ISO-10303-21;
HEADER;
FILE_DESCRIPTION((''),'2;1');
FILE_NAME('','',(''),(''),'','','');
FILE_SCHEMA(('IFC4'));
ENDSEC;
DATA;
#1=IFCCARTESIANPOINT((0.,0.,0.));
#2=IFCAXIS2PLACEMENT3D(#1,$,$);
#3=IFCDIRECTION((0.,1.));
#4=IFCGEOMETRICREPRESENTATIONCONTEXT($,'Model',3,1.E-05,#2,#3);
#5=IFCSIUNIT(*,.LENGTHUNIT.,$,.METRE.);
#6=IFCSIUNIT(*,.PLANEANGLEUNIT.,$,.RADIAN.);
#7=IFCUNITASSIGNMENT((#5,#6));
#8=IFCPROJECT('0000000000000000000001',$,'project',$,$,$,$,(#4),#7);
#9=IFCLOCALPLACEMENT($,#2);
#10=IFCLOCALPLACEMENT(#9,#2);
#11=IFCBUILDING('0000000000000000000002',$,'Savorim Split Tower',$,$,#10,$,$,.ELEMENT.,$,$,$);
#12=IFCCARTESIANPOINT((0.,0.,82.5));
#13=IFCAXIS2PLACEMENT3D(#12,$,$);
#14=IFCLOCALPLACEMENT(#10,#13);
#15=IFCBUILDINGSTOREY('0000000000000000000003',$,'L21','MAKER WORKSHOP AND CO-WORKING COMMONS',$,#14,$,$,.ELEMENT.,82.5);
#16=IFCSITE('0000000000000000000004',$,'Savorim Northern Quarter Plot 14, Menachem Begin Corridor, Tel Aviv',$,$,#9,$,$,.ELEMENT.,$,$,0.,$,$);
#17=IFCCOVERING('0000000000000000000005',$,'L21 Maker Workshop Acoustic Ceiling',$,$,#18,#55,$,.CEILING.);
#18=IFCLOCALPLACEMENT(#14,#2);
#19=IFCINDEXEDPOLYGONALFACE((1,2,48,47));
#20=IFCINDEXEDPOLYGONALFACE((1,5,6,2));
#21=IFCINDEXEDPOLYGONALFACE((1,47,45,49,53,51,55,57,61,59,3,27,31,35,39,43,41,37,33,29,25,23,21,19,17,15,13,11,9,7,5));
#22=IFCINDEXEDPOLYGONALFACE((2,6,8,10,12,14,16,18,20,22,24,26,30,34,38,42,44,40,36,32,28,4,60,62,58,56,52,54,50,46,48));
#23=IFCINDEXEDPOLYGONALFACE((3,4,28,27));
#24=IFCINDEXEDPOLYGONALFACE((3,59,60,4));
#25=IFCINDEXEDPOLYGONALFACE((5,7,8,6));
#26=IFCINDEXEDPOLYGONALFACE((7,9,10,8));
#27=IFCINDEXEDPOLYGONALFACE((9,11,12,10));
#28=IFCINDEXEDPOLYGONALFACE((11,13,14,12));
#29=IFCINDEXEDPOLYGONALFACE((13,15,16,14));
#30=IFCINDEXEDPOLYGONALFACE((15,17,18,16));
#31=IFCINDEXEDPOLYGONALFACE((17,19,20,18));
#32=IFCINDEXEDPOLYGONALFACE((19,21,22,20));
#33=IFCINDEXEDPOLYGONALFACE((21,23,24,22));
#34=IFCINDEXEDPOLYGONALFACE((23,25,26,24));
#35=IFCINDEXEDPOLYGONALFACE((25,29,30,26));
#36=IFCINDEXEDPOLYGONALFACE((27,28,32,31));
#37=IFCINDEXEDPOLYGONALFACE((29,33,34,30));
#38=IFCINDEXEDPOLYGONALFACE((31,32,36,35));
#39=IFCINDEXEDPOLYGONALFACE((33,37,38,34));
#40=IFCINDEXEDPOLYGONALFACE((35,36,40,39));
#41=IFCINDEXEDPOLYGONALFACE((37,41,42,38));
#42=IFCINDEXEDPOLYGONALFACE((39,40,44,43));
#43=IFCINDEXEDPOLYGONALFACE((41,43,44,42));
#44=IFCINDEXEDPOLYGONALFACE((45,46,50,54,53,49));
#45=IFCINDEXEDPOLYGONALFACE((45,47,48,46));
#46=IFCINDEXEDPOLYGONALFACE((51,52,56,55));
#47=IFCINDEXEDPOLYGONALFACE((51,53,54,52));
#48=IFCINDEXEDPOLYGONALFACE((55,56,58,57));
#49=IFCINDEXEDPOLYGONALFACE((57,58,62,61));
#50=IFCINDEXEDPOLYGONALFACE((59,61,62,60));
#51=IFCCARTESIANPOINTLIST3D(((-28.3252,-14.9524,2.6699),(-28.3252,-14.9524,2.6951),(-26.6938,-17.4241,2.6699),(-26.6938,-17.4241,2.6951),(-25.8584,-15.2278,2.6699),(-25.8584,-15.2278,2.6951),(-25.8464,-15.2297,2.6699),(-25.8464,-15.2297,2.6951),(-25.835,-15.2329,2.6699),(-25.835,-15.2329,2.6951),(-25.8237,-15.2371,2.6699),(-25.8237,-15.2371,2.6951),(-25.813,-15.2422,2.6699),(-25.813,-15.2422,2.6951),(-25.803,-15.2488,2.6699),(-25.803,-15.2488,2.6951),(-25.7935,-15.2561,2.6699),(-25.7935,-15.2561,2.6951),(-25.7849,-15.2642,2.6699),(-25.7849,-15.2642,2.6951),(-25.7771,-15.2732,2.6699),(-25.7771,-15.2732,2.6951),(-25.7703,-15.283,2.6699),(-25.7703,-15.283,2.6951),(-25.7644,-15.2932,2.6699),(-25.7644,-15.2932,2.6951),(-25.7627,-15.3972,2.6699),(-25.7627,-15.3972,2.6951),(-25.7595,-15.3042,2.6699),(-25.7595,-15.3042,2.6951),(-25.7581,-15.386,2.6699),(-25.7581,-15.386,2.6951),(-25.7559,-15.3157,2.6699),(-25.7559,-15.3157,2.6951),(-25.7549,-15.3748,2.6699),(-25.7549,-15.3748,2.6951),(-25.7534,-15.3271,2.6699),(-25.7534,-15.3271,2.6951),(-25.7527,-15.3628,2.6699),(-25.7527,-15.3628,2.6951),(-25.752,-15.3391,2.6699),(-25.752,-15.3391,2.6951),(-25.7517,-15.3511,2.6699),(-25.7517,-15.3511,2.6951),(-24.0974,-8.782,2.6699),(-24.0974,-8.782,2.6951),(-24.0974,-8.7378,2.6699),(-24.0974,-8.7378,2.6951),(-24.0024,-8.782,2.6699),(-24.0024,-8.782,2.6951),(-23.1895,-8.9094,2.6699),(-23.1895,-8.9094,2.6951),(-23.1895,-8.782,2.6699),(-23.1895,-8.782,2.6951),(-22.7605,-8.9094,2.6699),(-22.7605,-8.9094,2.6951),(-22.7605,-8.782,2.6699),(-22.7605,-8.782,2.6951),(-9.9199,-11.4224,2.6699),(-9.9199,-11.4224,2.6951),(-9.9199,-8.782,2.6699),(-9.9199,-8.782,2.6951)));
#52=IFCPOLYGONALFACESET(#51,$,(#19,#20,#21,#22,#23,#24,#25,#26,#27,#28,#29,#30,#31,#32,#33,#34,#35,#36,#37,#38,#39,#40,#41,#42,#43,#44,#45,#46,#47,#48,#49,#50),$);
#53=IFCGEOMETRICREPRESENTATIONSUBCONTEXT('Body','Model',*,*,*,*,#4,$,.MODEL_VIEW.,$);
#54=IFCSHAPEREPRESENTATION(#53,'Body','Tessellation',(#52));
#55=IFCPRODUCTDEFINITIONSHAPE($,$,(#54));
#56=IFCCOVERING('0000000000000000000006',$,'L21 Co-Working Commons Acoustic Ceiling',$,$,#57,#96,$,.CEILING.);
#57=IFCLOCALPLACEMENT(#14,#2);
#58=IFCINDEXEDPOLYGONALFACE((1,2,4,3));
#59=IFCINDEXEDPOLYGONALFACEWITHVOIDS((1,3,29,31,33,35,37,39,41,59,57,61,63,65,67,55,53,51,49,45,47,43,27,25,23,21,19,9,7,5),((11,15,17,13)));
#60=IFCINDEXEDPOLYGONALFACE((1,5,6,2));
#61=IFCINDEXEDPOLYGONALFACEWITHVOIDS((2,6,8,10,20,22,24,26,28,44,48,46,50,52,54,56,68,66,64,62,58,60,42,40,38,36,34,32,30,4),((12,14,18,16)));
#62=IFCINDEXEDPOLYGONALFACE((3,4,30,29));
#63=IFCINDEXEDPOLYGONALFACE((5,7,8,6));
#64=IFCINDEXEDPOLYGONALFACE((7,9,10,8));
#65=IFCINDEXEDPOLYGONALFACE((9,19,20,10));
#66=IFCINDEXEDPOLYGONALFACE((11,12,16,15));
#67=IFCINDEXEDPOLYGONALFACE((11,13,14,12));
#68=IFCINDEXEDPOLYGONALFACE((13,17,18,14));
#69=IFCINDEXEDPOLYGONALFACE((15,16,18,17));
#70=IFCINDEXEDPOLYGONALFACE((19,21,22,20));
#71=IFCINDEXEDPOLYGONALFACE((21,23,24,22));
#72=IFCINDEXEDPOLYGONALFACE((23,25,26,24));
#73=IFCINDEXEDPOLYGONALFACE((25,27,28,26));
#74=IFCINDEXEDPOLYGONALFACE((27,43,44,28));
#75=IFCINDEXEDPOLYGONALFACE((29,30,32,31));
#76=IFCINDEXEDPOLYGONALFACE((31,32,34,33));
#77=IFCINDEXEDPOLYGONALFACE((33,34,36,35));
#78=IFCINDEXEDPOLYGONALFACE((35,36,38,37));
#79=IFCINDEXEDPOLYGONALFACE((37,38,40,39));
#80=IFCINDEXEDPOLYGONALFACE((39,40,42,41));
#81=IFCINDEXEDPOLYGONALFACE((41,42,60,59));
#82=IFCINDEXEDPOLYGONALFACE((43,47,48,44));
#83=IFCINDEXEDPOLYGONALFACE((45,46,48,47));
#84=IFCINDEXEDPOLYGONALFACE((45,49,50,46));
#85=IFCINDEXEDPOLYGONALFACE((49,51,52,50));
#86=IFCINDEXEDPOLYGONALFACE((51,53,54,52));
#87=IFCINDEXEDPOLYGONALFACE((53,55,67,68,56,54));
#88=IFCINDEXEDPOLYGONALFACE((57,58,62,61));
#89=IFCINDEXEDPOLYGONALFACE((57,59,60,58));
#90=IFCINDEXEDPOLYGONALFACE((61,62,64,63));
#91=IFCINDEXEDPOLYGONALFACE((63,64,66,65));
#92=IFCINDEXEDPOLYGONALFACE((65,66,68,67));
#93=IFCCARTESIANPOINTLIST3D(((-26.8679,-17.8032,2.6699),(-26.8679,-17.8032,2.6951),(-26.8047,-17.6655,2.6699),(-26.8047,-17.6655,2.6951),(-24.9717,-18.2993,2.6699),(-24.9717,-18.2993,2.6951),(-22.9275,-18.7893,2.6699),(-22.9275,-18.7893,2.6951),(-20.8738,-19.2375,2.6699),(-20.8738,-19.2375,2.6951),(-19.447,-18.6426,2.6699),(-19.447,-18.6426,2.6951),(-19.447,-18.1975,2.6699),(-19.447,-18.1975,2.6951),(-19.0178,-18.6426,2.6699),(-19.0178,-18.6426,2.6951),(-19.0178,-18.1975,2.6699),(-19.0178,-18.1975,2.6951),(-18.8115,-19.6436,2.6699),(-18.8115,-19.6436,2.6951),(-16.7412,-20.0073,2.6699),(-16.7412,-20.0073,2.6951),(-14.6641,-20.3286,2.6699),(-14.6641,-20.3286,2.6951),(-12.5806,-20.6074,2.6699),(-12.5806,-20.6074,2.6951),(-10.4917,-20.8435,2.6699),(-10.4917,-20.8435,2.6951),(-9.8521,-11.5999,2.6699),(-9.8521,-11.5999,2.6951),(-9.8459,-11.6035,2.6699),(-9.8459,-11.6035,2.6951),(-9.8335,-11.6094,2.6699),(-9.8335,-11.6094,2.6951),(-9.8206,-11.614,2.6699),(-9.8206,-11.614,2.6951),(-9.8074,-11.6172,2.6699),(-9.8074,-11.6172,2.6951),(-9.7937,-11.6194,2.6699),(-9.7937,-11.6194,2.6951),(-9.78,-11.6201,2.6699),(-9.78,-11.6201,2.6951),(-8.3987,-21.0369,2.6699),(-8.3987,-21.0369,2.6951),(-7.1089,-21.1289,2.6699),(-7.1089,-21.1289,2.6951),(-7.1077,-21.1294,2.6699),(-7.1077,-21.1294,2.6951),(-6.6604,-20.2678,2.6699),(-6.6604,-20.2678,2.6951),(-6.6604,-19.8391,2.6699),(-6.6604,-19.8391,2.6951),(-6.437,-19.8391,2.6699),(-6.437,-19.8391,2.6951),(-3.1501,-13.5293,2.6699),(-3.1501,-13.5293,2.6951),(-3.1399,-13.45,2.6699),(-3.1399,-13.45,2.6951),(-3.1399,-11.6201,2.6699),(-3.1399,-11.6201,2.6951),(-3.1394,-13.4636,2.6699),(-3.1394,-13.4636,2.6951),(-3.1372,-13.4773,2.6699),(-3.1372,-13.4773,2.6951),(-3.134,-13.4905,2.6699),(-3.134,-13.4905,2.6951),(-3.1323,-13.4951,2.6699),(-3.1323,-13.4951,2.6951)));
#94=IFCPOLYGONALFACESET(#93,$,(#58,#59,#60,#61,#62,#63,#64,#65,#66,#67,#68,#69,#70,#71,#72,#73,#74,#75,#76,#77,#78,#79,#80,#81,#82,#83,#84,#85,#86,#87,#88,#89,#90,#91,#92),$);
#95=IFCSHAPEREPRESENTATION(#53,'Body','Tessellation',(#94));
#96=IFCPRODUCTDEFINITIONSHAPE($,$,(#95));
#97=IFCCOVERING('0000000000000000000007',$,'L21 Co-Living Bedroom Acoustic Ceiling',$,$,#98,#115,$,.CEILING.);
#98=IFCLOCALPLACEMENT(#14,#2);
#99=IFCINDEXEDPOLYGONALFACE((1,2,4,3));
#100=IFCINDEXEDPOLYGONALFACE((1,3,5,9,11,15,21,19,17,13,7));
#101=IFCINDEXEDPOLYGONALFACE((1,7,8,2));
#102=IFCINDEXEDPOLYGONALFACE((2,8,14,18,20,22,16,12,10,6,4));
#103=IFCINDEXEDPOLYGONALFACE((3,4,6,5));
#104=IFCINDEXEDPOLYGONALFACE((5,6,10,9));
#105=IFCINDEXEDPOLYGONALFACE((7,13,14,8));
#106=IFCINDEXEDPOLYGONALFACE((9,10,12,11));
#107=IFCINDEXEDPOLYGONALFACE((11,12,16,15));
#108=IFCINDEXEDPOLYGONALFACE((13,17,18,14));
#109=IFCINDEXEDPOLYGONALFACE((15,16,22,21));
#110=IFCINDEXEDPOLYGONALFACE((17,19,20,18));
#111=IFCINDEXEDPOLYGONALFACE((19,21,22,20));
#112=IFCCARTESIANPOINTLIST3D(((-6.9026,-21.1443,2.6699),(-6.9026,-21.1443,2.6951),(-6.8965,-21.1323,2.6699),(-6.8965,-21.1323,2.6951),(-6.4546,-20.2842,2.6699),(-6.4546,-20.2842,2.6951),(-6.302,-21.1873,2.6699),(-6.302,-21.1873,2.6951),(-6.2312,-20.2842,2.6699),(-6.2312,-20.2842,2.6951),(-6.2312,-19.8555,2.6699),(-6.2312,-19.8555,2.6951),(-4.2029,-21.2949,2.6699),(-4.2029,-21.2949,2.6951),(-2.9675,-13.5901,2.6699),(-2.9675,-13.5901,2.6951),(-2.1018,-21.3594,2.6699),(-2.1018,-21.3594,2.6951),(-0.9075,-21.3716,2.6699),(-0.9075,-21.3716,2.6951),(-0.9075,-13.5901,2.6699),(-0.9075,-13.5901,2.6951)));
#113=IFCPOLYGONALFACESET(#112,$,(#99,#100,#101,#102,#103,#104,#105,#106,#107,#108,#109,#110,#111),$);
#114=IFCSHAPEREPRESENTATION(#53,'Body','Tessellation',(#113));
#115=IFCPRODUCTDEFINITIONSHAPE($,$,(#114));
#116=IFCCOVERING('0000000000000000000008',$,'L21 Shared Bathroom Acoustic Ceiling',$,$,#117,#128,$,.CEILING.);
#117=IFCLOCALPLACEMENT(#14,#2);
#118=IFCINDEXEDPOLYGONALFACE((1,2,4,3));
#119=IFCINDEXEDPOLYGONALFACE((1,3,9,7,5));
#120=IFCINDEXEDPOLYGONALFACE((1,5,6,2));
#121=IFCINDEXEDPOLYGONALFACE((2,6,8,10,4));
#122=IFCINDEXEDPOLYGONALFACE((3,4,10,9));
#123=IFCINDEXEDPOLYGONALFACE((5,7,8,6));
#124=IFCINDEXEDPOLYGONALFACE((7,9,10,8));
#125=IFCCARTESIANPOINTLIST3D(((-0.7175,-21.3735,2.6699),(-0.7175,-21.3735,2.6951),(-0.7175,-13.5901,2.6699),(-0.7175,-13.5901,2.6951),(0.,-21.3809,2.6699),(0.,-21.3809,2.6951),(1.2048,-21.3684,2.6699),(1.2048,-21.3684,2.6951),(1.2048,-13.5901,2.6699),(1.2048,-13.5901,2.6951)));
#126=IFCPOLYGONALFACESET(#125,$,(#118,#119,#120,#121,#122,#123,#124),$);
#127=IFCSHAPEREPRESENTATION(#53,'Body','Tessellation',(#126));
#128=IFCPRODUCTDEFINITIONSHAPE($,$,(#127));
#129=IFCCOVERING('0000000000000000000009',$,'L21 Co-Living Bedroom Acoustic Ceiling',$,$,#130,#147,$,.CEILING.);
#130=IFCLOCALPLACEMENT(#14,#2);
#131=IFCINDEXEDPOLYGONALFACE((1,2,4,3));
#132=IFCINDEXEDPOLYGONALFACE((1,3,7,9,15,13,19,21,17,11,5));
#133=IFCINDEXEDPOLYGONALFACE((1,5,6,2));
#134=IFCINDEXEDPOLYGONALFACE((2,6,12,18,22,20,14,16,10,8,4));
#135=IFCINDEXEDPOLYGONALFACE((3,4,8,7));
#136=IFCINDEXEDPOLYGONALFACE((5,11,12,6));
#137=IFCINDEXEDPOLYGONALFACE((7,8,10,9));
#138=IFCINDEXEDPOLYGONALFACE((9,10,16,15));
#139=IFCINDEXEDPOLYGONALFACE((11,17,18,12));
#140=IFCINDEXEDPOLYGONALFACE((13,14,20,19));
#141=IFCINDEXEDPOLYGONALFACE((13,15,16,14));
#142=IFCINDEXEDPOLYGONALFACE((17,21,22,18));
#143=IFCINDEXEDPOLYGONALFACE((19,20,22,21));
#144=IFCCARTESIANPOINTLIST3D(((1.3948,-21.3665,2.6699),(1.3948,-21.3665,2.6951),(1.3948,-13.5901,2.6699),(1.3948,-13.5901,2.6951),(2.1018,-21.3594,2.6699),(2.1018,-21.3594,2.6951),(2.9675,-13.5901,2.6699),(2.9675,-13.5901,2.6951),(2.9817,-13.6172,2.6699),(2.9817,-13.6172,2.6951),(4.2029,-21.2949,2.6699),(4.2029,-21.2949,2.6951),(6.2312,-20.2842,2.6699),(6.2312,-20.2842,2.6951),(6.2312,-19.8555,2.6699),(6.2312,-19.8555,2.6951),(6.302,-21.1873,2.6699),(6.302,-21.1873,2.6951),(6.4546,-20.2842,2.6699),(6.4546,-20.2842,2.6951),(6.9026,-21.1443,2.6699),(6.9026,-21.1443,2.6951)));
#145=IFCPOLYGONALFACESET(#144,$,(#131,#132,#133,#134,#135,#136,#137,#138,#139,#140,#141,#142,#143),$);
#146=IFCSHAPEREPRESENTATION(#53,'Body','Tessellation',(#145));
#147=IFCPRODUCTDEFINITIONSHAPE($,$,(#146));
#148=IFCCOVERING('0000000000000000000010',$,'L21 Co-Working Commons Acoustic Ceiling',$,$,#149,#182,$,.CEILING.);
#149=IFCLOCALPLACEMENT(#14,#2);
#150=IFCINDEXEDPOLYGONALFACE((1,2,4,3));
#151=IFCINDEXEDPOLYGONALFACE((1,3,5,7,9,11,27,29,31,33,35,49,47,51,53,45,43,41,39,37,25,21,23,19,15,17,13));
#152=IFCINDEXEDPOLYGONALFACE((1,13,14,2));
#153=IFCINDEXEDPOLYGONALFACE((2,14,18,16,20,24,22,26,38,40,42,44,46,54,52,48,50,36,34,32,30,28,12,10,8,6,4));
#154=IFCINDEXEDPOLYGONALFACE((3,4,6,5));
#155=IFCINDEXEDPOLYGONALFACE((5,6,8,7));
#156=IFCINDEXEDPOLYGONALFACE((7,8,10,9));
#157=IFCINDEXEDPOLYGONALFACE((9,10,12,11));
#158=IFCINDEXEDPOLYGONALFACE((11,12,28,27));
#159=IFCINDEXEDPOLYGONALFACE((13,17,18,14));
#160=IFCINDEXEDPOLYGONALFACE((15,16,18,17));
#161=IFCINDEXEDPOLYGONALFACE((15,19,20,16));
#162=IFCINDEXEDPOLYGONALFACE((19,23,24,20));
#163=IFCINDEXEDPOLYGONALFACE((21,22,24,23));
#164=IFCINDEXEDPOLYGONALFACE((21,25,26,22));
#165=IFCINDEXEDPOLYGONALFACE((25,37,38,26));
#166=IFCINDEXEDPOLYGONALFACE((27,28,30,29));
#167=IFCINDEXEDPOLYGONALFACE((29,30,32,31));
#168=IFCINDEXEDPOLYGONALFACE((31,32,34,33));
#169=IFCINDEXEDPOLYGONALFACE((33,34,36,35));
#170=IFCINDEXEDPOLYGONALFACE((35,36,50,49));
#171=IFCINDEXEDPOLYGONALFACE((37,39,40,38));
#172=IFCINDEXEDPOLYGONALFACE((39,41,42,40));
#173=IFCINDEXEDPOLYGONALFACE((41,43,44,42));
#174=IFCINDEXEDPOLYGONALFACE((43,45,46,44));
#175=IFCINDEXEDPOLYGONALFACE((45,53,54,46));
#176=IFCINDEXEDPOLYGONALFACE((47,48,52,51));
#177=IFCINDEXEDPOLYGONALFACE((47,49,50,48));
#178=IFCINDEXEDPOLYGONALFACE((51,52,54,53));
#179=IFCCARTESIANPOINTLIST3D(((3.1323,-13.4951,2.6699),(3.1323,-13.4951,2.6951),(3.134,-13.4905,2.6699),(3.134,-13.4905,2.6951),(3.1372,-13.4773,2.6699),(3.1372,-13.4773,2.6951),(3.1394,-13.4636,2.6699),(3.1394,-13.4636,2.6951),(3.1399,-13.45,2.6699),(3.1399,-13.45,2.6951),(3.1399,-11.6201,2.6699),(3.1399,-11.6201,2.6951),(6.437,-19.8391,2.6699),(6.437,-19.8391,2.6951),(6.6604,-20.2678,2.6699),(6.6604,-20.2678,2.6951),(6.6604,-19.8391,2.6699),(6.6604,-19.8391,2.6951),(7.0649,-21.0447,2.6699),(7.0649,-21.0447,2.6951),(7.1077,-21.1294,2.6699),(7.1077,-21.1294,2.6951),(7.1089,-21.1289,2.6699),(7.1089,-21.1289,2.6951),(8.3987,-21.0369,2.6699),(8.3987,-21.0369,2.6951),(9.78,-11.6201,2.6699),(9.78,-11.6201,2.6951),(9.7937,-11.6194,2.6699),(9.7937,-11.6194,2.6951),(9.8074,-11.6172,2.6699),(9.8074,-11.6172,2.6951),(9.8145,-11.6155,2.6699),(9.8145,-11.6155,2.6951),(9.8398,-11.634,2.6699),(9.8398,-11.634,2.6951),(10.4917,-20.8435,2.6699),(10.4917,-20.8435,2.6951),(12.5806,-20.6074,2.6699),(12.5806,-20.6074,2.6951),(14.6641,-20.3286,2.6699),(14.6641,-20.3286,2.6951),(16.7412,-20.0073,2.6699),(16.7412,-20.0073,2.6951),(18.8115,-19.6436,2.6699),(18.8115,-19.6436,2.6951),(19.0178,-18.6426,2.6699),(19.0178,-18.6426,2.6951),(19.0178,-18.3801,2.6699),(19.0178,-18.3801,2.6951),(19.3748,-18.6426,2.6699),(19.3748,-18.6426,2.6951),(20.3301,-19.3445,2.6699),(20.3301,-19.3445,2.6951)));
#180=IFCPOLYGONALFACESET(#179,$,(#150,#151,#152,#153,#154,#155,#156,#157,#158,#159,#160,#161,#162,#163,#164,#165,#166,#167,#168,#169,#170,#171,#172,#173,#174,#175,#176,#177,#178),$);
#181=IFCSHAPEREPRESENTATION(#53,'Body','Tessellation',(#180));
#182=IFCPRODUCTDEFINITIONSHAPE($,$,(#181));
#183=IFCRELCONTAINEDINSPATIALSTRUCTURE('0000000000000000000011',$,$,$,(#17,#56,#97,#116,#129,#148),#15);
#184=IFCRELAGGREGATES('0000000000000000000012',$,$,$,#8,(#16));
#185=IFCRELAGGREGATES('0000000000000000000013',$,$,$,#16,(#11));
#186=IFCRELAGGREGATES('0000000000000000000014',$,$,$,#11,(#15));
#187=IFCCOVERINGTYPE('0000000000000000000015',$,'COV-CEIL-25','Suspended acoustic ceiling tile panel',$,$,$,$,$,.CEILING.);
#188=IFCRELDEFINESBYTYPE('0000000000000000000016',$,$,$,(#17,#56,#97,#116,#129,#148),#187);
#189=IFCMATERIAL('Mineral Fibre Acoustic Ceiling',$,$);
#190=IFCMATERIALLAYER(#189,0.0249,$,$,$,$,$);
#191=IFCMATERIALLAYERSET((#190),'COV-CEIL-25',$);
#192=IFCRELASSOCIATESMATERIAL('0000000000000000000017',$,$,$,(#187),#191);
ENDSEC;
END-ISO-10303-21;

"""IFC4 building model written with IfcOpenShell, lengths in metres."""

from ifc_helpers import new_model, si_unit, direction, frame, origin, place, context, subcontext, project, spatial, polyline, outline, extrude, material, layer, layer_set, type_object, element, save


model = new_model("IFC4")

# Units and contexts
model_context = context("Model", 3, precision=1e-05, world=origin(), true_north=direction((0.0, 1.0)))
body_context = subcontext(model_context, "Body", "Model", "MODEL_VIEW")
ifc_project = project(units=[si_unit("LENGTHUNIT", "METRE"), si_unit("PLANEANGLEUNIT", "RADIAN")], contexts=[model_context])

# Site, building, storey
site_placement = place(None, origin())
site = spatial("IfcSite", under=ifc_project, at=site_placement, Name="Savorim Northern Quarter Plot 14, Menachem Begin Corridor, Tel Aviv", CompositionType="ELEMENT", RefElevation=0.0)
building_placement = place(site_placement, origin())
building = spatial("IfcBuilding", under=site, at=building_placement, Name="Savorim Split Tower", CompositionType="ELEMENT")
storey_placement = place(building_placement, frame((0.0, 0.0, 82.5)))
storey = spatial("IfcBuildingStorey", under=building, at=storey_placement, Name="L21", Description="MAKER WORKSHOP AND CO-WORKING COMMONS", CompositionType="ELEMENT", Elevation=82.5)

# Coverings
ifc_material_1 = material(Name="Mineral Fibre Acoustic Ceiling")
ifc_layer_1 = layer(ifc_material_1, 0.0249)
ifc_layer_set_1 = layer_set([ifc_layer_1], Name="COV-CEIL-25")
covering_type_1 = type_object("IfcCoveringType", Name="COV-CEIL-25", Description="Suspended acoustic ceiling tile panel", PredefinedType="CEILING", material=ifc_layer_set_1)
covering_1_placement = place(storey_placement, frame((0.0, 0.0, 2.6699)))
element("IfcCovering", 1, at=covering_1_placement, inside=storey, type_object=covering_type_1, Name="L21 Maker Workshop Acoustic Ceiling", PredefinedType="CEILING", context=body_context, shape_type="SweptSolid", body=[
    extrude(outline(polyline([(-25.7517, -15.3511), (-25.7527, -15.3628), (-25.7549, -15.3748), (-25.7581, -15.386), (-25.7627, -15.3972), (-26.6938, -17.4241), (-9.9199, -11.4224), (-9.9199, -8.782), (-22.7605, -8.782), (-22.7605, -8.9094), (-23.1895, -8.9094), (-23.1895, -8.782), (-24.0024, -8.782), (-24.0974, -8.782), (-24.0974, -8.7378), (-28.3252, -14.9524), (-25.8584, -15.2278), (-25.8464, -15.2297), (-25.835, -15.2329), (-25.8237, -15.2371), (-25.813, -15.2422), (-25.803, -15.2488), (-25.7935, -15.2561), (-25.7849, -15.2642), (-25.7771, -15.2732), (-25.7703, -15.283), (-25.7644, -15.2932), (-25.7595, -15.3042), (-25.7559, -15.3157), (-25.7534, -15.3271), (-25.752, -15.3391), (-25.7517, -15.3511)])), origin(), (0.0, 0.0, 1.0), 0.0251),
])
covering_2_placement = place(storey_placement, frame((0.0, 0.0, 2.6699)))
element("IfcCovering", 2, at=covering_2_placement, inside=storey, type_object=covering_type_1, Name="L21 Co-Working Commons Acoustic Ceiling", PredefinedType="CEILING", context=body_context, shape_type="SweptSolid", body=[
    extrude(outline(polyline([(-9.8206, -11.614), (-9.8335, -11.6094), (-9.8459, -11.6035), (-9.8521, -11.5999), (-26.8047, -17.6655), (-26.8679, -17.8032), (-24.9717, -18.2993), (-22.9275, -18.7893), (-20.8738, -19.2375), (-18.8115, -19.6436), (-16.7412, -20.0073), (-14.6641, -20.3286), (-12.5806, -20.6074), (-10.4917, -20.8435), (-8.3987, -21.0369), (-7.1077, -21.1294), (-7.1089, -21.1289), (-6.6604, -20.2678), (-6.6604, -19.8391), (-6.437, -19.8391), (-3.1501, -13.5293), (-3.1323, -13.4951), (-3.134, -13.4905), (-3.1372, -13.4773), (-3.1394, -13.4636), (-3.1399, -13.45), (-3.1399, -11.6201), (-9.78, -11.6201), (-9.7937, -11.6194), (-9.8074, -11.6172), (-9.8206, -11.614)]), holes=[polyline([(-19.447, -18.6426), (-19.0178, -18.6426), (-19.0178, -18.1975), (-19.447, -18.1975), (-19.447, -18.6426)])]), origin(), (0.0, 0.0, 1.0), 0.0251),
])
covering_3_placement = place(storey_placement, frame((0.0, 0.0, 2.6699)))
element("IfcCovering", 3, at=covering_3_placement, inside=storey, type_object=covering_type_1, Name="L21 Co-Living Bedroom Acoustic Ceiling", PredefinedType="CEILING", context=body_context, shape_type="SweptSolid", body=[
    extrude(outline(polyline([(-6.302, -21.1873), (-4.2029, -21.2949), (-2.1018, -21.3594), (-0.9075, -21.3716), (-0.9075, -13.5901), (-2.9675, -13.5901), (-6.2312, -19.8555), (-6.2312, -20.2842), (-6.4546, -20.2842), (-6.8965, -21.1323), (-6.9026, -21.1443), (-6.302, -21.1873)])), origin(), (0.0, 0.0, 1.0), 0.0251),
])
covering_4_placement = place(storey_placement, frame((0.0, 0.0, 2.6699)))
element("IfcCovering", 4, at=covering_4_placement, inside=storey, type_object=covering_type_1, Name="L21 Shared Bathroom Acoustic Ceiling", PredefinedType="CEILING", context=body_context, shape_type="SweptSolid", body=[
    extrude(outline(polyline([(-0.7175, -13.5901), (-0.7175, -21.3735), (0.0, -21.3809), (1.2048, -21.3684), (1.2048, -13.5901), (-0.7175, -13.5901)])), origin(), (0.0, 0.0, 1.0), 0.0251),
])
covering_5_placement = place(storey_placement, frame((0.0, 0.0, 2.6699)))
element("IfcCovering", 5, at=covering_5_placement, inside=storey, type_object=covering_type_1, Name="L21 Co-Living Bedroom Acoustic Ceiling", PredefinedType="CEILING", context=body_context, shape_type="SweptSolid", body=[
    extrude(outline(polyline([(1.3948, -21.3665), (2.1018, -21.3594), (4.2029, -21.2949), (6.302, -21.1873), (6.9026, -21.1443), (6.4546, -20.2842), (6.2312, -20.2842), (6.2312, -19.8555), (2.9817, -13.6172), (2.9675, -13.5901), (1.3948, -13.5901), (1.3948, -21.3665)])), origin(), (0.0, 0.0, 1.0), 0.0251),
])
covering_6_placement = place(storey_placement, frame((0.0, 0.0, 2.6699)))
element("IfcCovering", 6, at=covering_6_placement, inside=storey, type_object=covering_type_1, Name="L21 Co-Working Commons Acoustic Ceiling", PredefinedType="CEILING", context=body_context, shape_type="SweptSolid", body=[
    extrude(outline(polyline([(12.5806, -20.6074), (14.6641, -20.3286), (16.7412, -20.0073), (18.8115, -19.6436), (20.3301, -19.3445), (19.3748, -18.6426), (19.0178, -18.6426), (19.0178, -18.3801), (9.8398, -11.634), (9.8145, -11.6155), (9.8074, -11.6172), (9.7937, -11.6194), (9.78, -11.6201), (3.1399, -11.6201), (3.1399, -13.45), (3.1394, -13.4636), (3.1372, -13.4773), (3.134, -13.4905), (3.1323, -13.4951), (6.437, -19.8391), (6.6604, -19.8391), (6.6604, -20.2678), (7.0649, -21.0447), (7.1089, -21.1289), (7.1077, -21.1294), (8.3987, -21.0369), (10.4917, -20.8435), (12.5806, -20.6074)])), origin(), (0.0, 0.0, 1.0), 0.0251),
])

save(model, "model.ifc")
